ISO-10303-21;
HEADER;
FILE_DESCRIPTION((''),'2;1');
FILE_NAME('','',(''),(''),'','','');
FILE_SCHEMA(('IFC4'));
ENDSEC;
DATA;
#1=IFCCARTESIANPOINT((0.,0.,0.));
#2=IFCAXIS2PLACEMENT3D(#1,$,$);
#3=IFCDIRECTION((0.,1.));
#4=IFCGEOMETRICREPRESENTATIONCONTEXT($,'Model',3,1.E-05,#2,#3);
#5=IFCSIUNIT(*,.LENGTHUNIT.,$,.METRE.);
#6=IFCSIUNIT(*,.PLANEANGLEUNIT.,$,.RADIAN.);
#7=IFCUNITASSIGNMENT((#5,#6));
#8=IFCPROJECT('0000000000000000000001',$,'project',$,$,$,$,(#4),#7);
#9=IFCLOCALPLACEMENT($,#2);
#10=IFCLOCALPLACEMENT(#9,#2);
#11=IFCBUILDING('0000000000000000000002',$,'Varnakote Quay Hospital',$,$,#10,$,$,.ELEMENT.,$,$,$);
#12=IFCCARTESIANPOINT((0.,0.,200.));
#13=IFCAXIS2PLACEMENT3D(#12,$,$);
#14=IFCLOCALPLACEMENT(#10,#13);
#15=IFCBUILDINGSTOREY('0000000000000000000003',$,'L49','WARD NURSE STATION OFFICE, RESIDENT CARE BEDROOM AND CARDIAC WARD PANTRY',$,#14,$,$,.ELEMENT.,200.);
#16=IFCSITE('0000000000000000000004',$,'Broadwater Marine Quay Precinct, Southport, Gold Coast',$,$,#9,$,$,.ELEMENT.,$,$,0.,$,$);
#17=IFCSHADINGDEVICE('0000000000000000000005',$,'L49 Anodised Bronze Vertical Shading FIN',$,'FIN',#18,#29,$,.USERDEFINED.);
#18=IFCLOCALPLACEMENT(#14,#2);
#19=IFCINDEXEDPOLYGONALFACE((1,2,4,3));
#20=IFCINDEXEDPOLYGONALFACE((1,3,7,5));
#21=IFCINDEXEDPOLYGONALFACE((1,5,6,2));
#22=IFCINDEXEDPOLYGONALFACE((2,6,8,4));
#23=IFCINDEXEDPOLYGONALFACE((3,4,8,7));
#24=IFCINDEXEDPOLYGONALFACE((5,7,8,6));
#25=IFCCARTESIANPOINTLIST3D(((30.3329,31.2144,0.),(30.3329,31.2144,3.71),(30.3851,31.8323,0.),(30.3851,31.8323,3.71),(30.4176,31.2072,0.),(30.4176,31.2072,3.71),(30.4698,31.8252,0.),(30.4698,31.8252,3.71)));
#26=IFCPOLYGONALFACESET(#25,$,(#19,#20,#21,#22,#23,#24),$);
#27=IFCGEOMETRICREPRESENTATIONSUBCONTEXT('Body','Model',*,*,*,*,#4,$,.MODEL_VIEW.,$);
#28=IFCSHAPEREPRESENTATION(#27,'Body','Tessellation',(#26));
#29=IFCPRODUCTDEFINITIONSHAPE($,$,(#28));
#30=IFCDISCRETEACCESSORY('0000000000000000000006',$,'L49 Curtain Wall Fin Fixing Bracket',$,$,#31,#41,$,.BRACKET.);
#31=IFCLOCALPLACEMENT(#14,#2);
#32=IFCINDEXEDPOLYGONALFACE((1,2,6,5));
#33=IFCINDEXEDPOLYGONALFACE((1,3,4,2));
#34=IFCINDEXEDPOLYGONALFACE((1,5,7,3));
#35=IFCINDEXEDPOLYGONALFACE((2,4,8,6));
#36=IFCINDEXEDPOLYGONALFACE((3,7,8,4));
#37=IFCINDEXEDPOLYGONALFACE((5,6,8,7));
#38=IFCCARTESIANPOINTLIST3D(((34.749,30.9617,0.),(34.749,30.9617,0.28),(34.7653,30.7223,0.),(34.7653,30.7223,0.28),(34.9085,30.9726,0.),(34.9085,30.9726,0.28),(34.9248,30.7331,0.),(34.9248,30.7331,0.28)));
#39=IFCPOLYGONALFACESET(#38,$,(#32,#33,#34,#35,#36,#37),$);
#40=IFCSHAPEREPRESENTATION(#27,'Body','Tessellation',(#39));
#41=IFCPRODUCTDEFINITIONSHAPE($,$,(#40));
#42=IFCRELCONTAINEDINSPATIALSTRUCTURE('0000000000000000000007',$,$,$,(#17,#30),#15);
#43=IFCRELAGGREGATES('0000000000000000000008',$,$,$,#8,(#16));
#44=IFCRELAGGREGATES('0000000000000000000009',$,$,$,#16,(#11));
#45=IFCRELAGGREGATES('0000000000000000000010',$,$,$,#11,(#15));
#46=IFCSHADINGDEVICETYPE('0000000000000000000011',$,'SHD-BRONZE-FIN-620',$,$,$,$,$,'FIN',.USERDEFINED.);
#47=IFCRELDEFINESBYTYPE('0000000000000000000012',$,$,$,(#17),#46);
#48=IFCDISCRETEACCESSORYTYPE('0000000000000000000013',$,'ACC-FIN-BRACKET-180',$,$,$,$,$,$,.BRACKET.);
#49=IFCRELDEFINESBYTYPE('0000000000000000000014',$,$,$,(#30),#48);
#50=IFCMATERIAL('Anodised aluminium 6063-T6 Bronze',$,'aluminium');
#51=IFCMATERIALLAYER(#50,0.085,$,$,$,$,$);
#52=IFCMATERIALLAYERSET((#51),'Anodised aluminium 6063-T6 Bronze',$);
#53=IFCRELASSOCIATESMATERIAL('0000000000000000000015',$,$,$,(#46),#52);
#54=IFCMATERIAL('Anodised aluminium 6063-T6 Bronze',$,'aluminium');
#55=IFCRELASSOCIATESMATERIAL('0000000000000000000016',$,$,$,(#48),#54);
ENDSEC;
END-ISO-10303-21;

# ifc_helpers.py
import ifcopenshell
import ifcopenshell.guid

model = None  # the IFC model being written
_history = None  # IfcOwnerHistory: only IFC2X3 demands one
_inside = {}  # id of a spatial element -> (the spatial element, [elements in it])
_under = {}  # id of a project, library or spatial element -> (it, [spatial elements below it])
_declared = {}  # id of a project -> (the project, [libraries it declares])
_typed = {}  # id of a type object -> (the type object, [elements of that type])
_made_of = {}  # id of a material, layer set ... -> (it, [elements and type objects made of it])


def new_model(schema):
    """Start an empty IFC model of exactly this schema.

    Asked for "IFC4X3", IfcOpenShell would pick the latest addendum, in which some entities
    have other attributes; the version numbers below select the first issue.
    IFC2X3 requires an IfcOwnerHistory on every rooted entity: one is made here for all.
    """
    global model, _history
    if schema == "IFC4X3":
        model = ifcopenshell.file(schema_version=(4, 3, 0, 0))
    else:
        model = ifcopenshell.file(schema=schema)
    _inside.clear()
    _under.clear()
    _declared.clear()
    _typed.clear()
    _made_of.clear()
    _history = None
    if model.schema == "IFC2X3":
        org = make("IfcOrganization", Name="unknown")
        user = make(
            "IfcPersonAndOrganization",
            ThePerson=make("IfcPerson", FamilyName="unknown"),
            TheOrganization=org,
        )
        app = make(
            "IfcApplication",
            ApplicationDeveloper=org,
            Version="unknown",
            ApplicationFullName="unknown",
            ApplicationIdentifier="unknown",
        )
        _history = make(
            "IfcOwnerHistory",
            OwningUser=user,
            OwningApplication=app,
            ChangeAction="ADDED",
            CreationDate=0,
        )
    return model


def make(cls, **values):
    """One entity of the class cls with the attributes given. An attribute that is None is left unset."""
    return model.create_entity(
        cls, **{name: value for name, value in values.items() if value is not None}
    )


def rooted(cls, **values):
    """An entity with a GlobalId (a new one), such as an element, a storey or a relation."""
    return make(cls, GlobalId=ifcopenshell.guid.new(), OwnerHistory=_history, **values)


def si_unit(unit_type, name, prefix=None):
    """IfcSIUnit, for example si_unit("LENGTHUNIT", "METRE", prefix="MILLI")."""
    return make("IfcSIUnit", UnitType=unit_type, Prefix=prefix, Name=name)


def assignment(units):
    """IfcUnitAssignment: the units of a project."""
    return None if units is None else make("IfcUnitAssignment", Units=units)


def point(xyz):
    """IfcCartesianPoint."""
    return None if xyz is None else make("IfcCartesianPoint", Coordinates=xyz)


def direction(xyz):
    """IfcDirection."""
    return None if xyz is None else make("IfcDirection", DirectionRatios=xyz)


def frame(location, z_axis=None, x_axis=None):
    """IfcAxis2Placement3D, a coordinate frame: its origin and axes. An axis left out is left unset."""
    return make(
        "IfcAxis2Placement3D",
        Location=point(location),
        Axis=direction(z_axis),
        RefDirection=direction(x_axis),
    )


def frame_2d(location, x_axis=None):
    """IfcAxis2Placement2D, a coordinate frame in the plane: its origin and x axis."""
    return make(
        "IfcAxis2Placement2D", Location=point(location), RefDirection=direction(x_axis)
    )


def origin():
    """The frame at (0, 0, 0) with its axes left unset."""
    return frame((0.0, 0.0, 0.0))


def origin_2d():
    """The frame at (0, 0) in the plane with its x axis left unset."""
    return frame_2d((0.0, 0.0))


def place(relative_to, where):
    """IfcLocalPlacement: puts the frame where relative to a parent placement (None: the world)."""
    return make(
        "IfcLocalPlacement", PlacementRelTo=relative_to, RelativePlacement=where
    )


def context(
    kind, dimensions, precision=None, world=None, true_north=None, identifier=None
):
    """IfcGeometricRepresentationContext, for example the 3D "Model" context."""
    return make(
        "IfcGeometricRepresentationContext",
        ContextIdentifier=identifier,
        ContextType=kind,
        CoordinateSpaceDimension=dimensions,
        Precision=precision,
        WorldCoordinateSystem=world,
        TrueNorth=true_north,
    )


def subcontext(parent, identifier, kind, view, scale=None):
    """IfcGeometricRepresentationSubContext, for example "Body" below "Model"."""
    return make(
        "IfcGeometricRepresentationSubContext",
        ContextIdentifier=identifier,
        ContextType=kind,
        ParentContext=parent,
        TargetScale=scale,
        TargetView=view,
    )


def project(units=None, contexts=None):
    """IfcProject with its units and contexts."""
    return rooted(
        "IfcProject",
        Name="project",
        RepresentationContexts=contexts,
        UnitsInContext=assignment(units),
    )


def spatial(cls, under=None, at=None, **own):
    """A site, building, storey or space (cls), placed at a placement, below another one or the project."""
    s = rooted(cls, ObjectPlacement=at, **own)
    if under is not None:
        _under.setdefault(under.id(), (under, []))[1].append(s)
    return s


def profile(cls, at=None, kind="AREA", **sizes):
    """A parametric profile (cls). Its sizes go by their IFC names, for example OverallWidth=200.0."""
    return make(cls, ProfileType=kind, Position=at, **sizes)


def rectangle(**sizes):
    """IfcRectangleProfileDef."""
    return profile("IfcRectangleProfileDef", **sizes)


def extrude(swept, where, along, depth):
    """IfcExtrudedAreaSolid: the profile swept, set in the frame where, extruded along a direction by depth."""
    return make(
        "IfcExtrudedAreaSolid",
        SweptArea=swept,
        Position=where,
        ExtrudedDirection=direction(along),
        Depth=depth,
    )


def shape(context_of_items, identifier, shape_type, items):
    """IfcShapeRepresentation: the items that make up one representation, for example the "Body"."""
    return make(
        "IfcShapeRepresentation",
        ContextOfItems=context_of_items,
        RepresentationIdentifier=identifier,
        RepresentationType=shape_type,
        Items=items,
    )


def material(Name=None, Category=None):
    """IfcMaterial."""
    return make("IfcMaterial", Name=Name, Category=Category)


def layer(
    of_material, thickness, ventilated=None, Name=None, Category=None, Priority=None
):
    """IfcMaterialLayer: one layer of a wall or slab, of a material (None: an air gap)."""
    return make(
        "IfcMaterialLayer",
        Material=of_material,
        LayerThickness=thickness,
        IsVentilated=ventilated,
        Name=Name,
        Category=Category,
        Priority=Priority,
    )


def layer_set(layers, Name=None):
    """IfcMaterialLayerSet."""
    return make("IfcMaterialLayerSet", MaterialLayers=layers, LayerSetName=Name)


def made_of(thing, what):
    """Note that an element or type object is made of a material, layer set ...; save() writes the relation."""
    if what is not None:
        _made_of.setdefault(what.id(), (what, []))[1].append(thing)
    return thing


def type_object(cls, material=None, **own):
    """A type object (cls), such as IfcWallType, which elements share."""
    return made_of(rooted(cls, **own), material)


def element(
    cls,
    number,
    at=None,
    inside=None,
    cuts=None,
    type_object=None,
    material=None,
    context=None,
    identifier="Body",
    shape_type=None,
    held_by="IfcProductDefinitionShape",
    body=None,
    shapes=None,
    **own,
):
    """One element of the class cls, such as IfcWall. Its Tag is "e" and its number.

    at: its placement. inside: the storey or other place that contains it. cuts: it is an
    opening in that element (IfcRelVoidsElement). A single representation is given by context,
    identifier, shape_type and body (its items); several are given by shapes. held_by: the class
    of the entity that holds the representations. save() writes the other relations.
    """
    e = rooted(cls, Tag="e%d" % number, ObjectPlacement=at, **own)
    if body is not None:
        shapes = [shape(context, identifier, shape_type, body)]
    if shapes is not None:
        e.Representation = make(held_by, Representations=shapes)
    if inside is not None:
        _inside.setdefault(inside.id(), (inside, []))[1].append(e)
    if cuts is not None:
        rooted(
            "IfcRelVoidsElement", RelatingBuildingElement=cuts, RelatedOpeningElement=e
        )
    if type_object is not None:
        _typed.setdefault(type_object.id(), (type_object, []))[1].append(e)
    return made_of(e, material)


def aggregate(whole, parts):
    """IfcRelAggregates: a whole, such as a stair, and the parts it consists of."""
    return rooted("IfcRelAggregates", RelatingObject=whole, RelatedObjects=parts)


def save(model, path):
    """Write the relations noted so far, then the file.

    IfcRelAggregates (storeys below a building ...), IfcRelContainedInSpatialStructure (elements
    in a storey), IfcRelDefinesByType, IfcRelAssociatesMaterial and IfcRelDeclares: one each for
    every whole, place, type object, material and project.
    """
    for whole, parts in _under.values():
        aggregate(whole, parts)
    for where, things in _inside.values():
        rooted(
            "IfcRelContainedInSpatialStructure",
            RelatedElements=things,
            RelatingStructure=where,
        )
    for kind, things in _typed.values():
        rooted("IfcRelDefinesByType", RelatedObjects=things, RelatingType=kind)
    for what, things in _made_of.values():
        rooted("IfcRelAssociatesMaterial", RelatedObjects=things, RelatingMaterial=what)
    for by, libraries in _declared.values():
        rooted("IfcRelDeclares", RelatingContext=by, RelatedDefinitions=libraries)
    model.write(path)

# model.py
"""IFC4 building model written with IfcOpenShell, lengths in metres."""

from ifc_helpers import new_model, si_unit, direction, frame, origin, origin_2d, place, context, subcontext, project, spatial, rectangle, extrude, material, layer, layer_set, type_object, element, save


model = new_model("IFC4")

# Units and contexts
model_context = context("Model", 3, precision=1e-05, world=origin(), true_north=direction((0.0, 1.0)))
body_context = subcontext(model_context, "Body", "Model", "MODEL_VIEW")
ifc_project = project(units=[si_unit("LENGTHUNIT", "METRE"), si_unit("PLANEANGLEUNIT", "RADIAN")], contexts=[model_context])

# Site, building, storey
site_placement = place(None, origin())
site = spatial("IfcSite", under=ifc_project, at=site_placement, Name="Broadwater Marine Quay Precinct, Southport, Gold Coast", CompositionType="ELEMENT", RefElevation=0.0)
building_placement = place(site_placement, origin())
building = spatial("IfcBuilding", under=site, at=building_placement, Name="Varnakote Quay Hospital", CompositionType="ELEMENT")
storey_placement = place(building_placement, frame((0.0, 0.0, 200.0)))
storey = spatial("IfcBuildingStorey", under=building, at=storey_placement, Name="L49", Description="WARD NURSE STATION OFFICE, RESIDENT CARE BEDROOM AND CARDIAC WARD PANTRY", CompositionType="ELEMENT", Elevation=200.0)

# Shading device
ifc_material_1 = material(Name="Anodised aluminium 6063-T6 Bronze", Category="aluminium")
ifc_layer_1 = layer(ifc_material_1, 0.085)
ifc_layer_set_1 = layer_set([ifc_layer_1], Name="Anodised aluminium 6063-T6 Bronze")
shading_device_type = type_object("IfcShadingDeviceType", Name="SHD-BRONZE-FIN-620", ElementType="FIN", PredefinedType="USERDEFINED", material=ifc_layer_set_1)
for number, where, z_axis, x_axis, name in (
    (1, (30.4014, 31.5198, 0.0), (0.0, 0.0, 1.0), (-0.0842, -0.996449, 0.0), "L49 Anodised Bronze Vertical Shading FIN"),
):
    element("IfcShadingDevice", number, at=place(storey_placement, frame(where, z_axis=z_axis, x_axis=x_axis)), inside=storey, type_object=shading_device_type, Name=name, ObjectType="FIN", PredefinedType="USERDEFINED", context=body_context, shape_type="SweptSolid", body=[
        extrude(rectangle(XDim=0.6201, YDim=0.085, at=origin_2d()), origin(), (0.0, 0.0, 1.0), 3.71),
    ])

# Discrete accessory
ifc_material_2 = material(Name="Anodised aluminium 6063-T6 Bronze", Category="aluminium")
discrete_accessory_type = type_object("IfcDiscreteAccessoryType", Name="ACC-FIN-BRACKET-180", PredefinedType="BRACKET", material=ifc_material_2)
discrete_accessory_placement = place(storey_placement, frame((34.8369, 30.8474, 0.0), z_axis=(0.0, 0.0, 1.0), x_axis=(-0.997696, -0.067841, 0.0)))
element("IfcDiscreteAccessory", 2, at=discrete_accessory_placement, inside=storey, type_object=discrete_accessory_type, Name="L49 Curtain Wall Fin Fixing Bracket", PredefinedType="BRACKET", context=body_context, shape_type="SweptSolid", body=[
    extrude(rectangle(XDim=0.1599, YDim=0.24, at=origin_2d()), origin(), (0.0, 0.0, 1.0), 0.28),
])

save(model, "model.ifc")
